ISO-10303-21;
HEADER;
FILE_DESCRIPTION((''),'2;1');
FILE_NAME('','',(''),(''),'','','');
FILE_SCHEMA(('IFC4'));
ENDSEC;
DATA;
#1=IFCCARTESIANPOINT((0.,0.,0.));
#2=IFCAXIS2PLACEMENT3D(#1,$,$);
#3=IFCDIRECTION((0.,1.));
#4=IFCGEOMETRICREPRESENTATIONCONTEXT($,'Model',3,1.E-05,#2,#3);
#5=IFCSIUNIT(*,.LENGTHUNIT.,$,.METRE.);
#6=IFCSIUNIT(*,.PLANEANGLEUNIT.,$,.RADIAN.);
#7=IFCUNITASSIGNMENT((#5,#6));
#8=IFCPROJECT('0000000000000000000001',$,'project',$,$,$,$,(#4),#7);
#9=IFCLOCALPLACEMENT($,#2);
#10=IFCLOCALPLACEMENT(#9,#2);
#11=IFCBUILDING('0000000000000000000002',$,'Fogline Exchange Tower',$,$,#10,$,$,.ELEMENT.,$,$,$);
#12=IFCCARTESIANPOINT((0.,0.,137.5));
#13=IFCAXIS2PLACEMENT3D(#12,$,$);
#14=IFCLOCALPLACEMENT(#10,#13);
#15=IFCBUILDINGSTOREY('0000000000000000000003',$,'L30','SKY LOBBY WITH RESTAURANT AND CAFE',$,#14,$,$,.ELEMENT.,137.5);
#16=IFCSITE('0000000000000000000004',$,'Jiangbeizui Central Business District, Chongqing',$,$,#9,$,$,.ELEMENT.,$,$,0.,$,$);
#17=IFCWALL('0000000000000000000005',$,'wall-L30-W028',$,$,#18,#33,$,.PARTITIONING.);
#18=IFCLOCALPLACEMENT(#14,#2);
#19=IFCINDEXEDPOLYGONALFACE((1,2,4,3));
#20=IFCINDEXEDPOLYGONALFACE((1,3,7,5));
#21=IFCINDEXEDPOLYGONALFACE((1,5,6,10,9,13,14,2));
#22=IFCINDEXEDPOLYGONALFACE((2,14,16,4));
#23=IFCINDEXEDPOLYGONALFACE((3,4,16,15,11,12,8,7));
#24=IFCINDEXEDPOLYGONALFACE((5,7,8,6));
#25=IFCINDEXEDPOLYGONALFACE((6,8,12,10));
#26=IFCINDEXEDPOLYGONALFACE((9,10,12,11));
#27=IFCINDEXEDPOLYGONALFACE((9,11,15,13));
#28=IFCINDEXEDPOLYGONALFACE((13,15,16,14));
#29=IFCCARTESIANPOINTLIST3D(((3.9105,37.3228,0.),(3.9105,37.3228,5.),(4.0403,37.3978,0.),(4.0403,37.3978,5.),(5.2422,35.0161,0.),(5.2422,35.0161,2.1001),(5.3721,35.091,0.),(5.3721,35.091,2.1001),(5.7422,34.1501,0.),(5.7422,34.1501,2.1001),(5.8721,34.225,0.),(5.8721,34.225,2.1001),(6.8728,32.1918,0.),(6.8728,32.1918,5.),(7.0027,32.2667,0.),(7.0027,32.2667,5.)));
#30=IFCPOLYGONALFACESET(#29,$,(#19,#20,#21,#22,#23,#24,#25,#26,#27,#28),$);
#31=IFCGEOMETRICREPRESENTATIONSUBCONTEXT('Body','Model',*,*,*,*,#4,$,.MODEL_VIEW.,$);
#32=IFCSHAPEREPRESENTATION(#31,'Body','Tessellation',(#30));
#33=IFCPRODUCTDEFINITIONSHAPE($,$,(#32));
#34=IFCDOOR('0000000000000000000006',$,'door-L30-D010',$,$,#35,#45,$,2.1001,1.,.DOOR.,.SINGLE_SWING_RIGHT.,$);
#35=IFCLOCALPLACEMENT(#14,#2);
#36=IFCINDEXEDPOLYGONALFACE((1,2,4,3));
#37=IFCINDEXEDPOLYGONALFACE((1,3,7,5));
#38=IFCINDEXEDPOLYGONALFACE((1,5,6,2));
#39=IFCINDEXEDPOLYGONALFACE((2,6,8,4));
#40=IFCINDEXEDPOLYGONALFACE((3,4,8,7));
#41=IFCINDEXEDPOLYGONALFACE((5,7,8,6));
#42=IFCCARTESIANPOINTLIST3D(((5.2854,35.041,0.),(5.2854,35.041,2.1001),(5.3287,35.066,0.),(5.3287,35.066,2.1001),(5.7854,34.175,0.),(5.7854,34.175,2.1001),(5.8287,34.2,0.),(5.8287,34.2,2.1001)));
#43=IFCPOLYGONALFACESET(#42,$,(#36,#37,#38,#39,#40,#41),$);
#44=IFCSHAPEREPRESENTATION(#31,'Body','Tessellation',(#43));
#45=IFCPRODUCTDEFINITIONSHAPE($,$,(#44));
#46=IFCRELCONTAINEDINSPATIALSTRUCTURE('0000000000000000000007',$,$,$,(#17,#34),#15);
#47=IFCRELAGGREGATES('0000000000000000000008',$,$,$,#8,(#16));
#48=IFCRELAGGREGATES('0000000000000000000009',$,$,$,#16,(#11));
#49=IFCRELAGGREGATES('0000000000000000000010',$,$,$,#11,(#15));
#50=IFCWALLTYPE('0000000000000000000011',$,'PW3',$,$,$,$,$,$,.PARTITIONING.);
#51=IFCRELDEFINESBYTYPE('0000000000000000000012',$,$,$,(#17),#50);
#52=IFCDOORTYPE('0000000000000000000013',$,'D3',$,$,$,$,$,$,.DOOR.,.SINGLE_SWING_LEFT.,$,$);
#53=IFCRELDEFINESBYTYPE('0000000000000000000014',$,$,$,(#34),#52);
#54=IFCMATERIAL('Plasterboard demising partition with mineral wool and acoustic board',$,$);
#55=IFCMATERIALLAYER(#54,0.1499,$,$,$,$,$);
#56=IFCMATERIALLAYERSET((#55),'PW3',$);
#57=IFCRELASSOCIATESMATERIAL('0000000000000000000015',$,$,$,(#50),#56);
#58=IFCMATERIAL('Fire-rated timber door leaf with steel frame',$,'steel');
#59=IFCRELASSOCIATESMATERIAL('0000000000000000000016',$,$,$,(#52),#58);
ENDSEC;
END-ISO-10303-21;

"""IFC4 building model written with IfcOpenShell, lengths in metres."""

from ifc_helpers import new_model, si_unit, direction, frame, frame_2d, origin, place, context, subcontext, project, spatial, rectangle, extrude, material, layer, layer_set, type_object, element, fill, save


model = new_model("IFC4")

# Units and contexts
model_context = context("Model", 3, precision=1e-05, world=origin(), true_north=direction((0.0, 1.0)))
body_context = subcontext(model_context, "Body", "Model", "MODEL_VIEW")
ifc_project = project(units=[si_unit("LENGTHUNIT", "METRE"), si_unit("PLANEANGLEUNIT", "RADIAN")], contexts=[model_context])

# Site, building, storey
site_placement = place(None, origin())
site = spatial("IfcSite", under=ifc_project, at=site_placement, Name="Jiangbeizui Central Business District, Chongqing", CompositionType="ELEMENT", RefElevation=0.0)
building_placement = place(site_placement, origin())
building = spatial("IfcBuilding", under=site, at=building_placement, Name="Fogline Exchange Tower", CompositionType="ELEMENT")
storey_placement = place(building_placement, frame((0.0, 0.0, 137.5)))
storey = spatial("IfcBuildingStorey", under=building, at=storey_placement, Name="L30", Description="SKY LOBBY WITH RESTAURANT AND CAFE", CompositionType="ELEMENT", Elevation=137.5)

# Shared definitions
ifc_material_1 = material(Name="Plasterboard demising partition with mineral wool and acoustic board")
ifc_layer_1 = layer(ifc_material_1, 0.1499)
ifc_layer_set_1 = layer_set([ifc_layer_1], Name="PW3")
wall_type_1 = type_object("IfcWallType", Name="PW3", PredefinedType="PARTITIONING", material=ifc_layer_set_1)

# Shared definitions
ifc_material_2 = material(Name="Fire-rated timber door leaf with steel frame", Category="steel")
door_type = type_object("IfcDoorType", Name="D3", OperationType="SINGLE_SWING_LEFT", PredefinedType="DOOR", material=ifc_material_2)

# Wall, opening, door
wall_1_placement = place(storey_placement, frame((6.9377, 32.2292, 0.0), z_axis=(0.0, 0.0, 1.0), x_axis=(-0.499995, 0.866028, 0.0)))
wall_1 = element("IfcWall", 1, at=wall_1_placement, inside=storey, type_object=wall_type_1, Name="wall-L30-W028", PredefinedType="PARTITIONING", context=body_context, shape_type="SweptSolid", body=[
    extrude(rectangle(XDim=5.9248, YDim=0.1499, at=frame_2d((2.9624, 0.0))), origin(), (0.0, 0.0, 1.0), 5.0),
])
opening_1_placement = place(wall_1_placement, frame((2.2612, 0.0, 0.0)))
opening_1 = element("IfcOpeningElement", 2, at=opening_1_placement, cuts=wall_1, PredefinedType="OPENING", context=body_context, shape_type="SweptSolid", body=[
    extrude(rectangle(XDim=1.0, YDim=2.1001, at=frame_2d((0.5, 1.05))), frame((0.0, 0.085, 0.0), z_axis=(0.0, -1.0, 0.0), x_axis=(1.0, 0.0, 0.0)), (0.0, 0.0, 1.0), 0.1699),
])
door_1_placement = place(opening_1_placement, frame((1.0, 0.0, 0.0), z_axis=(0.0, 0.0, 1.0), x_axis=(-1.0, 0.0, 0.0)))
door_1 = element("IfcDoor", 3, at=door_1_placement, inside=storey, type_object=door_type, Name="door-L30-D010", OperationType="SINGLE_SWING_RIGHT", OverallHeight=2.1001, OverallWidth=1.0, PredefinedType="DOOR", context=body_context, shape_type="SweptSolid", body=[
    extrude(rectangle(XDim=1.0, YDim=2.1001, at=frame_2d((0.5, 1.05))), frame((0.0, 0.0249, 0.0), z_axis=(0.0, -1.0, 0.0), x_axis=(1.0, 0.0, 0.0)), (0.0, 0.0, 1.0), 0.05),
])
fill(opening_1, door_1)

save(model, "model.ifc")
